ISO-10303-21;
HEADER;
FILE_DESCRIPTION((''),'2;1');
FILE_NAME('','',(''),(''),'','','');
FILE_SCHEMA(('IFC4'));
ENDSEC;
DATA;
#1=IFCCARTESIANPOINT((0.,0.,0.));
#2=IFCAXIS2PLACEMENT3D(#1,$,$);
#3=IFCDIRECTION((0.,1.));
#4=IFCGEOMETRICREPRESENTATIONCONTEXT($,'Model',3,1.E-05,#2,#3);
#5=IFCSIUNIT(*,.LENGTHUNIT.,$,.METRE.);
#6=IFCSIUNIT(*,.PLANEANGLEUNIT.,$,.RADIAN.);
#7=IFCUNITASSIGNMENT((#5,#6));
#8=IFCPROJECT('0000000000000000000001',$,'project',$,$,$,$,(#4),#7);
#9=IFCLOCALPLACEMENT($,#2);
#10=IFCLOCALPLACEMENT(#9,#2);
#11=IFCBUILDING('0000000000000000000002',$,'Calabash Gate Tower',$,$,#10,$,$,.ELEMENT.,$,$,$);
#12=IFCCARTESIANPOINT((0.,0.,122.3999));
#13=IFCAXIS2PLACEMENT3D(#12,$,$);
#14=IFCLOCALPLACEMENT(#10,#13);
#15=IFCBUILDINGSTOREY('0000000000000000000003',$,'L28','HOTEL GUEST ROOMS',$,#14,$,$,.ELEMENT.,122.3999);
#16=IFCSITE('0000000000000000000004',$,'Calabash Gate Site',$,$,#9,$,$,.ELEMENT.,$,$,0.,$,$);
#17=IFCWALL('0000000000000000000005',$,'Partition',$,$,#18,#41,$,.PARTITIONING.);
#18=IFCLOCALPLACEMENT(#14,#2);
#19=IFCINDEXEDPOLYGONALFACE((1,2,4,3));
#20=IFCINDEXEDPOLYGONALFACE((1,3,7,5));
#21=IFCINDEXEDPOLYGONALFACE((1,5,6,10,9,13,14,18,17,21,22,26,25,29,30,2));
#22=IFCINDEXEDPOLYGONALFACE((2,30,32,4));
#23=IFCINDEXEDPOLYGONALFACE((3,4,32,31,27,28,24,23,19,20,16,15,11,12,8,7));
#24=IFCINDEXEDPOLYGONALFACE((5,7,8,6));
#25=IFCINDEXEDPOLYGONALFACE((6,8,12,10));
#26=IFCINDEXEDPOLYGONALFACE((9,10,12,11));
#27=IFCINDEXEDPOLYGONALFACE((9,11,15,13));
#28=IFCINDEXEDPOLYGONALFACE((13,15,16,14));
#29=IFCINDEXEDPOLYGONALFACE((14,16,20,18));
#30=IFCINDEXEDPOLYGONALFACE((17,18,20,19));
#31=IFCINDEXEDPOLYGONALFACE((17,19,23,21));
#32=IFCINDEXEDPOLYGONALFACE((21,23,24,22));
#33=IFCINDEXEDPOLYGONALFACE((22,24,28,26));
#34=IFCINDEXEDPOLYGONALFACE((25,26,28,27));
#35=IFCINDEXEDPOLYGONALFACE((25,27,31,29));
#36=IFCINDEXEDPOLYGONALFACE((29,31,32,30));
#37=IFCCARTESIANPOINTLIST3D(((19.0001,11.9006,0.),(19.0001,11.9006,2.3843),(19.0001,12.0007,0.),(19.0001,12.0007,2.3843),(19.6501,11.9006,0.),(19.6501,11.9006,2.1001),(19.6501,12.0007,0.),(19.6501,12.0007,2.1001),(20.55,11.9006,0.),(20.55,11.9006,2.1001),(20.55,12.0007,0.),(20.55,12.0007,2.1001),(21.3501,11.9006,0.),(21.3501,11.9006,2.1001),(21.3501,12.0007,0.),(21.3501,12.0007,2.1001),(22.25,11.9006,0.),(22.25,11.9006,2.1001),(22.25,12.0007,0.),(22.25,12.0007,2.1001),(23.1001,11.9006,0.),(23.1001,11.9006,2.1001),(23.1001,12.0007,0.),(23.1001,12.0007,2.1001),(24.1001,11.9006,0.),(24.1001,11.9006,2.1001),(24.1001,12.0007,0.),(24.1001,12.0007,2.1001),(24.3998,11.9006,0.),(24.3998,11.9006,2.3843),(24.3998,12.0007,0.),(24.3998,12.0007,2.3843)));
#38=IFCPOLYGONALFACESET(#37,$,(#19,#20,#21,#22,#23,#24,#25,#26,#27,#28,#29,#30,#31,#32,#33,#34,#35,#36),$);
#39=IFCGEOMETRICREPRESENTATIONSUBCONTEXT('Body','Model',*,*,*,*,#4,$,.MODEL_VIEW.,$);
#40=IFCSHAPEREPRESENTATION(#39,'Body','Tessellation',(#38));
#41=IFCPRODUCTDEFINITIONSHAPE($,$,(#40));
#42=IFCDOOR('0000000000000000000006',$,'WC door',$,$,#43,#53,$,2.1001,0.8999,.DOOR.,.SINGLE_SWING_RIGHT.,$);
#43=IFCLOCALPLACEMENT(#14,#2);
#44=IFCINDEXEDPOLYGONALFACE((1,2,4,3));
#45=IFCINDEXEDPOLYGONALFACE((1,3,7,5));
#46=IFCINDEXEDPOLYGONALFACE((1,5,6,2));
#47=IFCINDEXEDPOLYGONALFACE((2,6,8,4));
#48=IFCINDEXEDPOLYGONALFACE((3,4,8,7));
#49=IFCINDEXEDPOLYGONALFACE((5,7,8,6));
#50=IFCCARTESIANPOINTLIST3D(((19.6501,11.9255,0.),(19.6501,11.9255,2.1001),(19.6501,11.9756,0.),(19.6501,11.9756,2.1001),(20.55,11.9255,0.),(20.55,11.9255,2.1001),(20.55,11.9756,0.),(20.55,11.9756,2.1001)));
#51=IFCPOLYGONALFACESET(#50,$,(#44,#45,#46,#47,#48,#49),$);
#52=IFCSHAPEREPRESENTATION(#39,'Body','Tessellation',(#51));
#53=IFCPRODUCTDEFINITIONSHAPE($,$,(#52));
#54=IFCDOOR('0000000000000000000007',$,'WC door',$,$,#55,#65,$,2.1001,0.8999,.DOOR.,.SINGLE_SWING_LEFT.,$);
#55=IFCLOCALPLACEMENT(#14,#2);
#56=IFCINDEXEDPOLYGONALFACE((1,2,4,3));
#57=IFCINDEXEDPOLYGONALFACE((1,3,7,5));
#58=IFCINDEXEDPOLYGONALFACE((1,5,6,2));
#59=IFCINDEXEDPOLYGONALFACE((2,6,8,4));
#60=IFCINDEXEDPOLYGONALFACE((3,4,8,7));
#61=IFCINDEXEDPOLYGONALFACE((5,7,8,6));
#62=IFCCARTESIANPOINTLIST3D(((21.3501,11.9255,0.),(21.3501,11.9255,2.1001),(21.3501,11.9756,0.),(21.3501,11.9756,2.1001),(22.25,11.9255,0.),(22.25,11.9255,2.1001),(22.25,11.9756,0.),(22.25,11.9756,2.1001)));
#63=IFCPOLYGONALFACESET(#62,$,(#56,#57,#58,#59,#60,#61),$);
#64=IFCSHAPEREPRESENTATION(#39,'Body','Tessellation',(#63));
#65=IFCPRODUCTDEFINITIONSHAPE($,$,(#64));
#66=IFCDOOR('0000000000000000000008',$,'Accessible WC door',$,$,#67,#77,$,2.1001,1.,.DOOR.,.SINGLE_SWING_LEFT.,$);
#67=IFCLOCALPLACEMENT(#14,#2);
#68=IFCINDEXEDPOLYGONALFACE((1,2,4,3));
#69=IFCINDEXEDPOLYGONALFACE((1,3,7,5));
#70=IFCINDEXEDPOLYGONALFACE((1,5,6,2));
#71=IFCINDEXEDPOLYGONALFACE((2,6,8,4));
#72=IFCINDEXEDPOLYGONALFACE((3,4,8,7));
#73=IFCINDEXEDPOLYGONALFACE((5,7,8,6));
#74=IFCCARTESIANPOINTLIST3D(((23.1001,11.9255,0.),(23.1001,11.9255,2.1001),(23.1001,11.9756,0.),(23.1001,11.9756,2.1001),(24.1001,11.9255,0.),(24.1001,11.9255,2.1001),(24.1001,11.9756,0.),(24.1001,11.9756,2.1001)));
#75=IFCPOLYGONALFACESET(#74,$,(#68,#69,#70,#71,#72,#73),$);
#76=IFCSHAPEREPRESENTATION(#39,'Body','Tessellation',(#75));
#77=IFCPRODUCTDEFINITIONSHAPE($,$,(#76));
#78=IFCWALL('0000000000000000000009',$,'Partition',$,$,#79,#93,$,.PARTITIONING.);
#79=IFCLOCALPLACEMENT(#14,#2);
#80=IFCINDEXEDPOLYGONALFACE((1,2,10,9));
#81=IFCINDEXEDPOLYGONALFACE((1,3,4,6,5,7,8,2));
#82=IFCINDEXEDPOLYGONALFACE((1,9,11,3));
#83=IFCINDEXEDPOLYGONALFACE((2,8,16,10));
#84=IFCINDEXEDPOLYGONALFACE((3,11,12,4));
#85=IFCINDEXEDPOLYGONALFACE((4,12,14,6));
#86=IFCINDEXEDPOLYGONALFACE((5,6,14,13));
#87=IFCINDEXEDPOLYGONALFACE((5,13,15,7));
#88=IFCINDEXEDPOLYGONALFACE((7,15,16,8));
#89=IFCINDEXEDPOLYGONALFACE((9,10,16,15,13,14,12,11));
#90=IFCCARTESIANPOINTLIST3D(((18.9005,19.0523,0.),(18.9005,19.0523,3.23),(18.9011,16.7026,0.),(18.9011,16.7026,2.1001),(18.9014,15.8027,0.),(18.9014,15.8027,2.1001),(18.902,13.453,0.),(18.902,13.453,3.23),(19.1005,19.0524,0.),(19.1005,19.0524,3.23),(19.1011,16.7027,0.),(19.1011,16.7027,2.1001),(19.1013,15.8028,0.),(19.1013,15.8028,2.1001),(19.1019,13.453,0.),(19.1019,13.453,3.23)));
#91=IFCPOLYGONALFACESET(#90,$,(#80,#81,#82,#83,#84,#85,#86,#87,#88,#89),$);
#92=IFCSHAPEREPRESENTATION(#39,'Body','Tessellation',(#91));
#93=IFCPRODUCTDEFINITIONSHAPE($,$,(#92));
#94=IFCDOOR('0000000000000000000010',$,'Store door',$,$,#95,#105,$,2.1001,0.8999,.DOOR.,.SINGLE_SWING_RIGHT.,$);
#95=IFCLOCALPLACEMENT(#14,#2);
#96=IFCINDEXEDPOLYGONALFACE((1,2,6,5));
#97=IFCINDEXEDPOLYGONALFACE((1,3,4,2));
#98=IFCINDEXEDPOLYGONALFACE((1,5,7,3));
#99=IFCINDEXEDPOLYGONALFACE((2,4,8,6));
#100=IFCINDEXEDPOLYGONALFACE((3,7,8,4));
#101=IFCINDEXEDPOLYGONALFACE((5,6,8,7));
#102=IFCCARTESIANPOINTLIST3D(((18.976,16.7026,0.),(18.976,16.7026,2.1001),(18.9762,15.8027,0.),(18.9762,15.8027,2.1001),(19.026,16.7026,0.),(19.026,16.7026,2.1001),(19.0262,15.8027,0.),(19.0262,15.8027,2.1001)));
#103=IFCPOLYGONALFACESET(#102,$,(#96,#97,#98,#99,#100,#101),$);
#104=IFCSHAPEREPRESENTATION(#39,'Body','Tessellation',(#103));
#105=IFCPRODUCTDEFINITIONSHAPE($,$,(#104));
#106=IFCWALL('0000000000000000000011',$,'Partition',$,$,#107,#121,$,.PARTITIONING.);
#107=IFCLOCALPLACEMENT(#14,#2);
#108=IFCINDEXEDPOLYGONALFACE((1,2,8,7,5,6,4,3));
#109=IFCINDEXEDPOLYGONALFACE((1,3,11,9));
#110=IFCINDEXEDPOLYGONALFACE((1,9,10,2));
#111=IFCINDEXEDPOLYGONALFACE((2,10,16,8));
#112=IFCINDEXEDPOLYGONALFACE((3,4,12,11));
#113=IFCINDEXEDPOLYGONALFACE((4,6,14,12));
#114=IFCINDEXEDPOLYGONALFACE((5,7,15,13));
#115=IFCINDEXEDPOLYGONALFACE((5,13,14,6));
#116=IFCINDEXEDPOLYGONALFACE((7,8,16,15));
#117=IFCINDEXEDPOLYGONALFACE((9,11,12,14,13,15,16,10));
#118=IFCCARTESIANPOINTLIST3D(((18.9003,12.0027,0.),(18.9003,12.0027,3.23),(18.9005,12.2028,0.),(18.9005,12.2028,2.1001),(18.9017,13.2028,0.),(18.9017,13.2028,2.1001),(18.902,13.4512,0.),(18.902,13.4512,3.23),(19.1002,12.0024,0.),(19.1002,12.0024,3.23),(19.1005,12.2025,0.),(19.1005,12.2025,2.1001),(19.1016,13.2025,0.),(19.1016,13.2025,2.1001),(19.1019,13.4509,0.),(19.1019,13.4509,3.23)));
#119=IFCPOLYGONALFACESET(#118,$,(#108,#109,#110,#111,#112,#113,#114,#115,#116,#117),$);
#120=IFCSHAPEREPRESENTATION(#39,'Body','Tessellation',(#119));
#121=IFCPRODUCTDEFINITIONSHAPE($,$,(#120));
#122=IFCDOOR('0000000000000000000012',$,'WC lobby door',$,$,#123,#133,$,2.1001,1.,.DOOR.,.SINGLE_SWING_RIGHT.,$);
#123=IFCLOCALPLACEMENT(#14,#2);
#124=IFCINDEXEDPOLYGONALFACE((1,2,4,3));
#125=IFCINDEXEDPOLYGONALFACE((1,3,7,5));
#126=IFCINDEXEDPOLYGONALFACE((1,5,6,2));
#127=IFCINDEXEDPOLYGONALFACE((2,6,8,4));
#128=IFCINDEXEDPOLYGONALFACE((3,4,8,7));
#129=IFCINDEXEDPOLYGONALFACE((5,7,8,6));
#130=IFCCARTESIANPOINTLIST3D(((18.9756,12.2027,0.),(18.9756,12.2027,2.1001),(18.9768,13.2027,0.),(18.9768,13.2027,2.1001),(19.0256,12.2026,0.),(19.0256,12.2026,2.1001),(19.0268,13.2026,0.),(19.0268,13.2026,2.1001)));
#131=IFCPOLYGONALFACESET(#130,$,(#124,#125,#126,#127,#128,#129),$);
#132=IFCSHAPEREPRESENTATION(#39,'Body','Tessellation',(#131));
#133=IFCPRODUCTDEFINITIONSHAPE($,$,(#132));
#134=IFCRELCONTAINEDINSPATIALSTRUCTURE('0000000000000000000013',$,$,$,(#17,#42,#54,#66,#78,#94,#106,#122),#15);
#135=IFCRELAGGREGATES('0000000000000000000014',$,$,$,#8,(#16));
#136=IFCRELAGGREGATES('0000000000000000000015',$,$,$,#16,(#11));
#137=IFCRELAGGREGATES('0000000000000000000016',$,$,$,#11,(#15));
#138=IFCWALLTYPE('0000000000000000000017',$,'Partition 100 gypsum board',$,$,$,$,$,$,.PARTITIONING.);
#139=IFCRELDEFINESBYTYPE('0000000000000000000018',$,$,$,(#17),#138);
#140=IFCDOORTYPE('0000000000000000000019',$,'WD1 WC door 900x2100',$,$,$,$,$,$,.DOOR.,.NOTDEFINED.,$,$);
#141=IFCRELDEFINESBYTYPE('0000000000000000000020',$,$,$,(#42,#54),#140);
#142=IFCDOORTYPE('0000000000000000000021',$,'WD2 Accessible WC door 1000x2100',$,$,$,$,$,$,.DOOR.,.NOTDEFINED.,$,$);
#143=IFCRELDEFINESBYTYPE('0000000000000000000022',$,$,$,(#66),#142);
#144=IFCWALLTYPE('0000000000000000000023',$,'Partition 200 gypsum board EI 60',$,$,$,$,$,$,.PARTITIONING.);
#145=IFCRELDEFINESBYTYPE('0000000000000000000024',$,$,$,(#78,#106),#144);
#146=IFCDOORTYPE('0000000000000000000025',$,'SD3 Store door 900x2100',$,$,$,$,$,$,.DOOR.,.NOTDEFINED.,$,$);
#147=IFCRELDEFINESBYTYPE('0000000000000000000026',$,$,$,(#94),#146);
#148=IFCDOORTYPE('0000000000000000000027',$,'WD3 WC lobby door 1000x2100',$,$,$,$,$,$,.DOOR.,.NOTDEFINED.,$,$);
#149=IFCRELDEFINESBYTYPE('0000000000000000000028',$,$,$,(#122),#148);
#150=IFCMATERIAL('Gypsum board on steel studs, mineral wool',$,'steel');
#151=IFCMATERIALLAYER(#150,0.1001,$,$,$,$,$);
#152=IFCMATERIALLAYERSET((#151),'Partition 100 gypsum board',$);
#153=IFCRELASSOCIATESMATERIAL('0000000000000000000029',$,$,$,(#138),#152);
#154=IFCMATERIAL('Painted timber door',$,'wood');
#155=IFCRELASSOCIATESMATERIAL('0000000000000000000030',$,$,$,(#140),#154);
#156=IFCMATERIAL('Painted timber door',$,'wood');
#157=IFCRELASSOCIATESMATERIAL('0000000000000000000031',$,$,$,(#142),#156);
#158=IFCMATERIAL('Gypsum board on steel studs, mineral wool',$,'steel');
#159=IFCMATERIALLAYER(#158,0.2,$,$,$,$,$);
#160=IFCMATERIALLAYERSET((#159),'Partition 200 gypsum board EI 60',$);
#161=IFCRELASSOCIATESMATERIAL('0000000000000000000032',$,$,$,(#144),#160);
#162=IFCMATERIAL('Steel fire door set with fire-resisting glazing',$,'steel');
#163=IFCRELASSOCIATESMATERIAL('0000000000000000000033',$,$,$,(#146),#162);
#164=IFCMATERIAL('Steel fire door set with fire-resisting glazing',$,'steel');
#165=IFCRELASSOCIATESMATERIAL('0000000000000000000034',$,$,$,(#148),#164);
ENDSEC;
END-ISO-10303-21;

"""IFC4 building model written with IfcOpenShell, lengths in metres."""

from ifc_helpers import new_model, si_unit, direction, frame, frame_2d, origin, place, context, subcontext, project, spatial, rectangle, extrude, material, layer, layer_set, type_object, element, fill, save


model = new_model("IFC4")

# Units and contexts
model_context = context("Model", 3, precision=1e-05, world=origin(), true_north=direction((0.0, 1.0)))
body_context = subcontext(model_context, "Body", "Model", "MODEL_VIEW")
ifc_project = project(units=[si_unit("LENGTHUNIT", "METRE"), si_unit("PLANEANGLEUNIT", "RADIAN")], contexts=[model_context])

# Site, building, storey
site_placement = place(None, origin())
site = spatial("IfcSite", under=ifc_project, at=site_placement, Name="Calabash Gate Site", CompositionType="ELEMENT", RefElevation=0.0)
building_placement = place(site_placement, origin())
building = spatial("IfcBuilding", under=site, at=building_placement, Name="Calabash Gate Tower", CompositionType="ELEMENT")
storey_placement = place(building_placement, frame((0.0, 0.0, 122.3999)))
storey = spatial("IfcBuildingStorey", under=building, at=storey_placement, Name="L28", Description="HOTEL GUEST ROOMS", CompositionType="ELEMENT", Elevation=122.3999)

# Wall, openings, doors
ifc_material_1 = material(Name="Gypsum board on steel studs, mineral wool", Category="steel")
ifc_layer_1 = layer(ifc_material_1, 0.1001)
ifc_layer_set_1 = layer_set([ifc_layer_1], Name="Partition 100 gypsum board")
wall_type_1 = type_object("IfcWallType", Name="Partition 100 gypsum board", PredefinedType="PARTITIONING", material=ifc_layer_set_1)
wall_1_placement = place(storey_placement, frame((19.0002, 11.9507, 0.0), z_axis=(0.0, 0.0, 1.0), x_axis=(1.0, 0.0, 0.0)))
wall_1 = element("IfcWall", 1, at=wall_1_placement, inside=storey, type_object=wall_type_1, Name="Partition", PredefinedType="PARTITIONING", context=body_context, shape_type="SweptSolid", body=[
    extrude(rectangle(XDim=5.3997, YDim=0.1001, at=frame_2d((2.6997, 0.0))), origin(), (0.0, 0.0, 1.0), 2.3843),
])
opening_1_placement = place(wall_1_placement, frame((0.6499, 0.0, 0.0)))
opening_1 = element("IfcOpeningElement", 2, at=opening_1_placement, cuts=wall_1, PredefinedType="OPENING", context=body_context, shape_type="SweptSolid", body=[
    extrude(rectangle(XDim=0.8999, YDim=2.1001, at=frame_2d((0.45, 1.05))), frame((0.0, 0.0601, 0.0), z_axis=(0.0, -1.0, 0.0), x_axis=(1.0, 0.0, 0.0)), (0.0, 0.0, 1.0), 0.1201),
])
opening_2_placement = place(wall_1_placement, frame((2.3499, 0.0, 0.0)))
opening_2 = element("IfcOpeningElement", 3, at=opening_2_placement, cuts=wall_1, PredefinedType="OPENING", context=body_context, shape_type="SweptSolid", body=[
    extrude(rectangle(XDim=0.8999, YDim=2.1001, at=frame_2d((0.45, 1.05))), frame((0.0, 0.0601, 0.0), z_axis=(0.0, -1.0, 0.0), x_axis=(1.0, 0.0, 0.0)), (0.0, 0.0, 1.0), 0.1201),
])
opening_3_placement = place(wall_1_placement, frame((4.0999, 0.0, 0.0)))
opening_3 = element("IfcOpeningElement", 4, at=opening_3_placement, cuts=wall_1, PredefinedType="OPENING", context=body_context, shape_type="SweptSolid", body=[
    extrude(rectangle(XDim=1.0, YDim=2.1001, at=frame_2d((0.5, 1.05))), frame((0.0, 0.0601, 0.0), z_axis=(0.0, -1.0, 0.0), x_axis=(1.0, 0.0, 0.0)), (0.0, 0.0, 1.0), 0.1201),
])
ifc_material_2 = material(Name="Painted timber door", Category="wood")
door_type_1 = type_object("IfcDoorType", Name="WD1 WC door 900x2100", OperationType="NOTDEFINED", PredefinedType="DOOR", material=ifc_material_2)
door_1_placement = place(opening_1_placement, origin())
door_1 = element("IfcDoor", 5, at=door_1_placement, inside=storey, type_object=door_type_1, Name="WC door", OperationType="SINGLE_SWING_RIGHT", OverallHeight=2.1001, OverallWidth=0.8999, PredefinedType="DOOR", context=body_context, shape_type="SweptSolid", body=[
    extrude(rectangle(XDim=0.8999, YDim=2.1001, at=frame_2d((0.45, 1.05))), frame((0.0, 0.0249, 0.0), z_axis=(0.0, -1.0, 0.0), x_axis=(1.0, 0.0, 0.0)), (0.0, 0.0, 1.0), 0.05),
])
fill(opening_1, door_1)
door_2_placement = place(opening_2_placement, origin())
door_2 = element("IfcDoor", 6, at=door_2_placement, inside=storey, type_object=door_type_1, Name="WC door", OperationType="SINGLE_SWING_LEFT", OverallHeight=2.1001, OverallWidth=0.8999, PredefinedType="DOOR", context=body_context, shape_type="SweptSolid", body=[
    extrude(rectangle(XDim=0.8999, YDim=2.1001, at=frame_2d((0.45, 1.05))), frame((0.0, 0.0249, 0.0), z_axis=(0.0, -1.0, 0.0), x_axis=(1.0, 0.0, 0.0)), (0.0, 0.0, 1.0), 0.05),
])
fill(opening_2, door_2)
ifc_material_3 = material(Name="Painted timber door", Category="wood")
door_type_2 = type_object("IfcDoorType", Name="WD2 Accessible WC door 1000x2100", OperationType="NOTDEFINED", PredefinedType="DOOR", material=ifc_material_3)
door_3_placement = place(opening_3_placement, origin())
door_3 = element("IfcDoor", 7, at=door_3_placement, inside=storey, type_object=door_type_2, Name="Accessible WC door", OperationType="SINGLE_SWING_LEFT", OverallHeight=2.1001, OverallWidth=1.0, PredefinedType="DOOR", context=body_context, shape_type="SweptSolid", body=[
    extrude(rectangle(XDim=1.0, YDim=2.1001, at=frame_2d((0.5, 1.05))), frame((0.0, 0.0249, 0.0), z_axis=(0.0, -1.0, 0.0), x_axis=(1.0, 0.0, 0.0)), (0.0, 0.0, 1.0), 0.05),
])
fill(opening_3, door_3)

# Walls, openings, doors
ifc_material_4 = material(Name="Gypsum board on steel studs, mineral wool", Category="steel")
ifc_layer_2 = layer(ifc_material_4, 0.2)
ifc_layer_set_2 = layer_set([ifc_layer_2], Name="Partition 200 gypsum board EI 60")
wall_type_2 = type_object("IfcWallType", Name="Partition 200 gypsum board EI 60", PredefinedType="PARTITIONING", material=ifc_layer_set_2)
wall_2_placement = place(storey_placement, frame((19.0005, 19.0525, 0.0), z_axis=(0.0, 0.0, 1.0), x_axis=(0.000262, -1.0, 0.0)))
wall_2 = element("IfcWall", 8, at=wall_2_placement, inside=storey, type_object=wall_type_2, Name="Partition", PredefinedType="PARTITIONING", context=body_context, shape_type="SweptSolid", body=[
    extrude(rectangle(XDim=5.5994, YDim=0.2, at=frame_2d((2.7998, 0.0))), origin(), (0.0, 0.0, 1.0), 3.23),
])
opening_4_placement = place(wall_2_placement, frame((2.3499, 0.0, 0.0)))
opening_4 = element("IfcOpeningElement", 9, at=opening_4_placement, cuts=wall_2, PredefinedType="OPENING", context=body_context, shape_type="SweptSolid", body=[
    extrude(rectangle(XDim=0.8999, YDim=2.1001, at=frame_2d((0.45, 1.05))), frame((0.0, 0.1099, 0.0), z_axis=(0.0, -1.0, 0.0), x_axis=(1.0, 0.0, 0.0)), (0.0, 0.0, 1.0), 0.22),
])
ifc_material_5 = material(Name="Steel fire door set with fire-resisting glazing", Category="steel")
door_type_3 = type_object("IfcDoorType", Name="SD3 Store door 900x2100", OperationType="NOTDEFINED", PredefinedType="DOOR", material=ifc_material_5)
door_4_placement = place(opening_4_placement, origin())
door_4 = element("IfcDoor", 10, at=door_4_placement, inside=storey, type_object=door_type_3, Name="Store door", OperationType="SINGLE_SWING_RIGHT", OverallHeight=2.1001, OverallWidth=0.8999, PredefinedType="DOOR", context=body_context, shape_type="SweptSolid", body=[
    extrude(rectangle(XDim=0.8999, YDim=2.1001, at=frame_2d((0.45, 1.05))), frame((0.0, 0.0249, 0.0), z_axis=(0.0, -1.0, 0.0), x_axis=(1.0, 0.0, 0.0)), (0.0, 0.0, 1.0), 0.05),
])
fill(opening_4, door_4)
wall_3_placement = place(storey_placement, frame((19.0002, 12.0027, 0.0), z_axis=(0.0, 0.0, 1.0), x_axis=(0.00118, 0.999999, 0.0)))
wall_3 = element("IfcWall", 11, at=wall_3_placement, inside=storey, type_object=wall_type_2, Name="Partition", PredefinedType="PARTITIONING", context=body_context, shape_type="SweptSolid", body=[
    extrude(rectangle(XDim=1.4485, YDim=0.2, at=frame_2d((0.7241, 0.0))), origin(), (0.0, 0.0, 1.0), 3.23),
])
opening_5_placement = place(wall_3_placement, frame((0.2, 0.0, 0.0)))
opening_5 = element("IfcOpeningElement", 12, at=opening_5_placement, cuts=wall_3, PredefinedType="OPENING", context=body_context, shape_type="SweptSolid", body=[
    extrude(rectangle(XDim=1.0, YDim=2.1001, at=frame_2d((0.5, 1.05))), frame((0.0, 0.1099, 0.0), z_axis=(0.0, -1.0, 0.0), x_axis=(1.0, 0.0, 0.0)), (0.0, 0.0, 1.0), 0.22),
])
ifc_material_6 = material(Name="Steel fire door set with fire-resisting glazing", Category="steel")
door_type_4 = type_object("IfcDoorType", Name="WD3 WC lobby door 1000x2100", OperationType="NOTDEFINED", PredefinedType="DOOR", material=ifc_material_6)
door_5_placement = place(opening_5_placement, origin())
door_5 = element("IfcDoor", 13, at=door_5_placement, inside=storey, type_object=door_type_4, Name="WC lobby door", OperationType="SINGLE_SWING_RIGHT", OverallHeight=2.1001, OverallWidth=1.0, PredefinedType="DOOR", context=body_context, shape_type="SweptSolid", body=[
    extrude(rectangle(XDim=1.0, YDim=2.1001, at=frame_2d((0.5, 1.05))), frame((0.0, 0.0249, 0.0), z_axis=(0.0, -1.0, 0.0), x_axis=(1.0, 0.0, 0.0)), (0.0, 0.0, 1.0), 0.05),
])
fill(opening_5, door_5)

save(model, "model.ifc")
